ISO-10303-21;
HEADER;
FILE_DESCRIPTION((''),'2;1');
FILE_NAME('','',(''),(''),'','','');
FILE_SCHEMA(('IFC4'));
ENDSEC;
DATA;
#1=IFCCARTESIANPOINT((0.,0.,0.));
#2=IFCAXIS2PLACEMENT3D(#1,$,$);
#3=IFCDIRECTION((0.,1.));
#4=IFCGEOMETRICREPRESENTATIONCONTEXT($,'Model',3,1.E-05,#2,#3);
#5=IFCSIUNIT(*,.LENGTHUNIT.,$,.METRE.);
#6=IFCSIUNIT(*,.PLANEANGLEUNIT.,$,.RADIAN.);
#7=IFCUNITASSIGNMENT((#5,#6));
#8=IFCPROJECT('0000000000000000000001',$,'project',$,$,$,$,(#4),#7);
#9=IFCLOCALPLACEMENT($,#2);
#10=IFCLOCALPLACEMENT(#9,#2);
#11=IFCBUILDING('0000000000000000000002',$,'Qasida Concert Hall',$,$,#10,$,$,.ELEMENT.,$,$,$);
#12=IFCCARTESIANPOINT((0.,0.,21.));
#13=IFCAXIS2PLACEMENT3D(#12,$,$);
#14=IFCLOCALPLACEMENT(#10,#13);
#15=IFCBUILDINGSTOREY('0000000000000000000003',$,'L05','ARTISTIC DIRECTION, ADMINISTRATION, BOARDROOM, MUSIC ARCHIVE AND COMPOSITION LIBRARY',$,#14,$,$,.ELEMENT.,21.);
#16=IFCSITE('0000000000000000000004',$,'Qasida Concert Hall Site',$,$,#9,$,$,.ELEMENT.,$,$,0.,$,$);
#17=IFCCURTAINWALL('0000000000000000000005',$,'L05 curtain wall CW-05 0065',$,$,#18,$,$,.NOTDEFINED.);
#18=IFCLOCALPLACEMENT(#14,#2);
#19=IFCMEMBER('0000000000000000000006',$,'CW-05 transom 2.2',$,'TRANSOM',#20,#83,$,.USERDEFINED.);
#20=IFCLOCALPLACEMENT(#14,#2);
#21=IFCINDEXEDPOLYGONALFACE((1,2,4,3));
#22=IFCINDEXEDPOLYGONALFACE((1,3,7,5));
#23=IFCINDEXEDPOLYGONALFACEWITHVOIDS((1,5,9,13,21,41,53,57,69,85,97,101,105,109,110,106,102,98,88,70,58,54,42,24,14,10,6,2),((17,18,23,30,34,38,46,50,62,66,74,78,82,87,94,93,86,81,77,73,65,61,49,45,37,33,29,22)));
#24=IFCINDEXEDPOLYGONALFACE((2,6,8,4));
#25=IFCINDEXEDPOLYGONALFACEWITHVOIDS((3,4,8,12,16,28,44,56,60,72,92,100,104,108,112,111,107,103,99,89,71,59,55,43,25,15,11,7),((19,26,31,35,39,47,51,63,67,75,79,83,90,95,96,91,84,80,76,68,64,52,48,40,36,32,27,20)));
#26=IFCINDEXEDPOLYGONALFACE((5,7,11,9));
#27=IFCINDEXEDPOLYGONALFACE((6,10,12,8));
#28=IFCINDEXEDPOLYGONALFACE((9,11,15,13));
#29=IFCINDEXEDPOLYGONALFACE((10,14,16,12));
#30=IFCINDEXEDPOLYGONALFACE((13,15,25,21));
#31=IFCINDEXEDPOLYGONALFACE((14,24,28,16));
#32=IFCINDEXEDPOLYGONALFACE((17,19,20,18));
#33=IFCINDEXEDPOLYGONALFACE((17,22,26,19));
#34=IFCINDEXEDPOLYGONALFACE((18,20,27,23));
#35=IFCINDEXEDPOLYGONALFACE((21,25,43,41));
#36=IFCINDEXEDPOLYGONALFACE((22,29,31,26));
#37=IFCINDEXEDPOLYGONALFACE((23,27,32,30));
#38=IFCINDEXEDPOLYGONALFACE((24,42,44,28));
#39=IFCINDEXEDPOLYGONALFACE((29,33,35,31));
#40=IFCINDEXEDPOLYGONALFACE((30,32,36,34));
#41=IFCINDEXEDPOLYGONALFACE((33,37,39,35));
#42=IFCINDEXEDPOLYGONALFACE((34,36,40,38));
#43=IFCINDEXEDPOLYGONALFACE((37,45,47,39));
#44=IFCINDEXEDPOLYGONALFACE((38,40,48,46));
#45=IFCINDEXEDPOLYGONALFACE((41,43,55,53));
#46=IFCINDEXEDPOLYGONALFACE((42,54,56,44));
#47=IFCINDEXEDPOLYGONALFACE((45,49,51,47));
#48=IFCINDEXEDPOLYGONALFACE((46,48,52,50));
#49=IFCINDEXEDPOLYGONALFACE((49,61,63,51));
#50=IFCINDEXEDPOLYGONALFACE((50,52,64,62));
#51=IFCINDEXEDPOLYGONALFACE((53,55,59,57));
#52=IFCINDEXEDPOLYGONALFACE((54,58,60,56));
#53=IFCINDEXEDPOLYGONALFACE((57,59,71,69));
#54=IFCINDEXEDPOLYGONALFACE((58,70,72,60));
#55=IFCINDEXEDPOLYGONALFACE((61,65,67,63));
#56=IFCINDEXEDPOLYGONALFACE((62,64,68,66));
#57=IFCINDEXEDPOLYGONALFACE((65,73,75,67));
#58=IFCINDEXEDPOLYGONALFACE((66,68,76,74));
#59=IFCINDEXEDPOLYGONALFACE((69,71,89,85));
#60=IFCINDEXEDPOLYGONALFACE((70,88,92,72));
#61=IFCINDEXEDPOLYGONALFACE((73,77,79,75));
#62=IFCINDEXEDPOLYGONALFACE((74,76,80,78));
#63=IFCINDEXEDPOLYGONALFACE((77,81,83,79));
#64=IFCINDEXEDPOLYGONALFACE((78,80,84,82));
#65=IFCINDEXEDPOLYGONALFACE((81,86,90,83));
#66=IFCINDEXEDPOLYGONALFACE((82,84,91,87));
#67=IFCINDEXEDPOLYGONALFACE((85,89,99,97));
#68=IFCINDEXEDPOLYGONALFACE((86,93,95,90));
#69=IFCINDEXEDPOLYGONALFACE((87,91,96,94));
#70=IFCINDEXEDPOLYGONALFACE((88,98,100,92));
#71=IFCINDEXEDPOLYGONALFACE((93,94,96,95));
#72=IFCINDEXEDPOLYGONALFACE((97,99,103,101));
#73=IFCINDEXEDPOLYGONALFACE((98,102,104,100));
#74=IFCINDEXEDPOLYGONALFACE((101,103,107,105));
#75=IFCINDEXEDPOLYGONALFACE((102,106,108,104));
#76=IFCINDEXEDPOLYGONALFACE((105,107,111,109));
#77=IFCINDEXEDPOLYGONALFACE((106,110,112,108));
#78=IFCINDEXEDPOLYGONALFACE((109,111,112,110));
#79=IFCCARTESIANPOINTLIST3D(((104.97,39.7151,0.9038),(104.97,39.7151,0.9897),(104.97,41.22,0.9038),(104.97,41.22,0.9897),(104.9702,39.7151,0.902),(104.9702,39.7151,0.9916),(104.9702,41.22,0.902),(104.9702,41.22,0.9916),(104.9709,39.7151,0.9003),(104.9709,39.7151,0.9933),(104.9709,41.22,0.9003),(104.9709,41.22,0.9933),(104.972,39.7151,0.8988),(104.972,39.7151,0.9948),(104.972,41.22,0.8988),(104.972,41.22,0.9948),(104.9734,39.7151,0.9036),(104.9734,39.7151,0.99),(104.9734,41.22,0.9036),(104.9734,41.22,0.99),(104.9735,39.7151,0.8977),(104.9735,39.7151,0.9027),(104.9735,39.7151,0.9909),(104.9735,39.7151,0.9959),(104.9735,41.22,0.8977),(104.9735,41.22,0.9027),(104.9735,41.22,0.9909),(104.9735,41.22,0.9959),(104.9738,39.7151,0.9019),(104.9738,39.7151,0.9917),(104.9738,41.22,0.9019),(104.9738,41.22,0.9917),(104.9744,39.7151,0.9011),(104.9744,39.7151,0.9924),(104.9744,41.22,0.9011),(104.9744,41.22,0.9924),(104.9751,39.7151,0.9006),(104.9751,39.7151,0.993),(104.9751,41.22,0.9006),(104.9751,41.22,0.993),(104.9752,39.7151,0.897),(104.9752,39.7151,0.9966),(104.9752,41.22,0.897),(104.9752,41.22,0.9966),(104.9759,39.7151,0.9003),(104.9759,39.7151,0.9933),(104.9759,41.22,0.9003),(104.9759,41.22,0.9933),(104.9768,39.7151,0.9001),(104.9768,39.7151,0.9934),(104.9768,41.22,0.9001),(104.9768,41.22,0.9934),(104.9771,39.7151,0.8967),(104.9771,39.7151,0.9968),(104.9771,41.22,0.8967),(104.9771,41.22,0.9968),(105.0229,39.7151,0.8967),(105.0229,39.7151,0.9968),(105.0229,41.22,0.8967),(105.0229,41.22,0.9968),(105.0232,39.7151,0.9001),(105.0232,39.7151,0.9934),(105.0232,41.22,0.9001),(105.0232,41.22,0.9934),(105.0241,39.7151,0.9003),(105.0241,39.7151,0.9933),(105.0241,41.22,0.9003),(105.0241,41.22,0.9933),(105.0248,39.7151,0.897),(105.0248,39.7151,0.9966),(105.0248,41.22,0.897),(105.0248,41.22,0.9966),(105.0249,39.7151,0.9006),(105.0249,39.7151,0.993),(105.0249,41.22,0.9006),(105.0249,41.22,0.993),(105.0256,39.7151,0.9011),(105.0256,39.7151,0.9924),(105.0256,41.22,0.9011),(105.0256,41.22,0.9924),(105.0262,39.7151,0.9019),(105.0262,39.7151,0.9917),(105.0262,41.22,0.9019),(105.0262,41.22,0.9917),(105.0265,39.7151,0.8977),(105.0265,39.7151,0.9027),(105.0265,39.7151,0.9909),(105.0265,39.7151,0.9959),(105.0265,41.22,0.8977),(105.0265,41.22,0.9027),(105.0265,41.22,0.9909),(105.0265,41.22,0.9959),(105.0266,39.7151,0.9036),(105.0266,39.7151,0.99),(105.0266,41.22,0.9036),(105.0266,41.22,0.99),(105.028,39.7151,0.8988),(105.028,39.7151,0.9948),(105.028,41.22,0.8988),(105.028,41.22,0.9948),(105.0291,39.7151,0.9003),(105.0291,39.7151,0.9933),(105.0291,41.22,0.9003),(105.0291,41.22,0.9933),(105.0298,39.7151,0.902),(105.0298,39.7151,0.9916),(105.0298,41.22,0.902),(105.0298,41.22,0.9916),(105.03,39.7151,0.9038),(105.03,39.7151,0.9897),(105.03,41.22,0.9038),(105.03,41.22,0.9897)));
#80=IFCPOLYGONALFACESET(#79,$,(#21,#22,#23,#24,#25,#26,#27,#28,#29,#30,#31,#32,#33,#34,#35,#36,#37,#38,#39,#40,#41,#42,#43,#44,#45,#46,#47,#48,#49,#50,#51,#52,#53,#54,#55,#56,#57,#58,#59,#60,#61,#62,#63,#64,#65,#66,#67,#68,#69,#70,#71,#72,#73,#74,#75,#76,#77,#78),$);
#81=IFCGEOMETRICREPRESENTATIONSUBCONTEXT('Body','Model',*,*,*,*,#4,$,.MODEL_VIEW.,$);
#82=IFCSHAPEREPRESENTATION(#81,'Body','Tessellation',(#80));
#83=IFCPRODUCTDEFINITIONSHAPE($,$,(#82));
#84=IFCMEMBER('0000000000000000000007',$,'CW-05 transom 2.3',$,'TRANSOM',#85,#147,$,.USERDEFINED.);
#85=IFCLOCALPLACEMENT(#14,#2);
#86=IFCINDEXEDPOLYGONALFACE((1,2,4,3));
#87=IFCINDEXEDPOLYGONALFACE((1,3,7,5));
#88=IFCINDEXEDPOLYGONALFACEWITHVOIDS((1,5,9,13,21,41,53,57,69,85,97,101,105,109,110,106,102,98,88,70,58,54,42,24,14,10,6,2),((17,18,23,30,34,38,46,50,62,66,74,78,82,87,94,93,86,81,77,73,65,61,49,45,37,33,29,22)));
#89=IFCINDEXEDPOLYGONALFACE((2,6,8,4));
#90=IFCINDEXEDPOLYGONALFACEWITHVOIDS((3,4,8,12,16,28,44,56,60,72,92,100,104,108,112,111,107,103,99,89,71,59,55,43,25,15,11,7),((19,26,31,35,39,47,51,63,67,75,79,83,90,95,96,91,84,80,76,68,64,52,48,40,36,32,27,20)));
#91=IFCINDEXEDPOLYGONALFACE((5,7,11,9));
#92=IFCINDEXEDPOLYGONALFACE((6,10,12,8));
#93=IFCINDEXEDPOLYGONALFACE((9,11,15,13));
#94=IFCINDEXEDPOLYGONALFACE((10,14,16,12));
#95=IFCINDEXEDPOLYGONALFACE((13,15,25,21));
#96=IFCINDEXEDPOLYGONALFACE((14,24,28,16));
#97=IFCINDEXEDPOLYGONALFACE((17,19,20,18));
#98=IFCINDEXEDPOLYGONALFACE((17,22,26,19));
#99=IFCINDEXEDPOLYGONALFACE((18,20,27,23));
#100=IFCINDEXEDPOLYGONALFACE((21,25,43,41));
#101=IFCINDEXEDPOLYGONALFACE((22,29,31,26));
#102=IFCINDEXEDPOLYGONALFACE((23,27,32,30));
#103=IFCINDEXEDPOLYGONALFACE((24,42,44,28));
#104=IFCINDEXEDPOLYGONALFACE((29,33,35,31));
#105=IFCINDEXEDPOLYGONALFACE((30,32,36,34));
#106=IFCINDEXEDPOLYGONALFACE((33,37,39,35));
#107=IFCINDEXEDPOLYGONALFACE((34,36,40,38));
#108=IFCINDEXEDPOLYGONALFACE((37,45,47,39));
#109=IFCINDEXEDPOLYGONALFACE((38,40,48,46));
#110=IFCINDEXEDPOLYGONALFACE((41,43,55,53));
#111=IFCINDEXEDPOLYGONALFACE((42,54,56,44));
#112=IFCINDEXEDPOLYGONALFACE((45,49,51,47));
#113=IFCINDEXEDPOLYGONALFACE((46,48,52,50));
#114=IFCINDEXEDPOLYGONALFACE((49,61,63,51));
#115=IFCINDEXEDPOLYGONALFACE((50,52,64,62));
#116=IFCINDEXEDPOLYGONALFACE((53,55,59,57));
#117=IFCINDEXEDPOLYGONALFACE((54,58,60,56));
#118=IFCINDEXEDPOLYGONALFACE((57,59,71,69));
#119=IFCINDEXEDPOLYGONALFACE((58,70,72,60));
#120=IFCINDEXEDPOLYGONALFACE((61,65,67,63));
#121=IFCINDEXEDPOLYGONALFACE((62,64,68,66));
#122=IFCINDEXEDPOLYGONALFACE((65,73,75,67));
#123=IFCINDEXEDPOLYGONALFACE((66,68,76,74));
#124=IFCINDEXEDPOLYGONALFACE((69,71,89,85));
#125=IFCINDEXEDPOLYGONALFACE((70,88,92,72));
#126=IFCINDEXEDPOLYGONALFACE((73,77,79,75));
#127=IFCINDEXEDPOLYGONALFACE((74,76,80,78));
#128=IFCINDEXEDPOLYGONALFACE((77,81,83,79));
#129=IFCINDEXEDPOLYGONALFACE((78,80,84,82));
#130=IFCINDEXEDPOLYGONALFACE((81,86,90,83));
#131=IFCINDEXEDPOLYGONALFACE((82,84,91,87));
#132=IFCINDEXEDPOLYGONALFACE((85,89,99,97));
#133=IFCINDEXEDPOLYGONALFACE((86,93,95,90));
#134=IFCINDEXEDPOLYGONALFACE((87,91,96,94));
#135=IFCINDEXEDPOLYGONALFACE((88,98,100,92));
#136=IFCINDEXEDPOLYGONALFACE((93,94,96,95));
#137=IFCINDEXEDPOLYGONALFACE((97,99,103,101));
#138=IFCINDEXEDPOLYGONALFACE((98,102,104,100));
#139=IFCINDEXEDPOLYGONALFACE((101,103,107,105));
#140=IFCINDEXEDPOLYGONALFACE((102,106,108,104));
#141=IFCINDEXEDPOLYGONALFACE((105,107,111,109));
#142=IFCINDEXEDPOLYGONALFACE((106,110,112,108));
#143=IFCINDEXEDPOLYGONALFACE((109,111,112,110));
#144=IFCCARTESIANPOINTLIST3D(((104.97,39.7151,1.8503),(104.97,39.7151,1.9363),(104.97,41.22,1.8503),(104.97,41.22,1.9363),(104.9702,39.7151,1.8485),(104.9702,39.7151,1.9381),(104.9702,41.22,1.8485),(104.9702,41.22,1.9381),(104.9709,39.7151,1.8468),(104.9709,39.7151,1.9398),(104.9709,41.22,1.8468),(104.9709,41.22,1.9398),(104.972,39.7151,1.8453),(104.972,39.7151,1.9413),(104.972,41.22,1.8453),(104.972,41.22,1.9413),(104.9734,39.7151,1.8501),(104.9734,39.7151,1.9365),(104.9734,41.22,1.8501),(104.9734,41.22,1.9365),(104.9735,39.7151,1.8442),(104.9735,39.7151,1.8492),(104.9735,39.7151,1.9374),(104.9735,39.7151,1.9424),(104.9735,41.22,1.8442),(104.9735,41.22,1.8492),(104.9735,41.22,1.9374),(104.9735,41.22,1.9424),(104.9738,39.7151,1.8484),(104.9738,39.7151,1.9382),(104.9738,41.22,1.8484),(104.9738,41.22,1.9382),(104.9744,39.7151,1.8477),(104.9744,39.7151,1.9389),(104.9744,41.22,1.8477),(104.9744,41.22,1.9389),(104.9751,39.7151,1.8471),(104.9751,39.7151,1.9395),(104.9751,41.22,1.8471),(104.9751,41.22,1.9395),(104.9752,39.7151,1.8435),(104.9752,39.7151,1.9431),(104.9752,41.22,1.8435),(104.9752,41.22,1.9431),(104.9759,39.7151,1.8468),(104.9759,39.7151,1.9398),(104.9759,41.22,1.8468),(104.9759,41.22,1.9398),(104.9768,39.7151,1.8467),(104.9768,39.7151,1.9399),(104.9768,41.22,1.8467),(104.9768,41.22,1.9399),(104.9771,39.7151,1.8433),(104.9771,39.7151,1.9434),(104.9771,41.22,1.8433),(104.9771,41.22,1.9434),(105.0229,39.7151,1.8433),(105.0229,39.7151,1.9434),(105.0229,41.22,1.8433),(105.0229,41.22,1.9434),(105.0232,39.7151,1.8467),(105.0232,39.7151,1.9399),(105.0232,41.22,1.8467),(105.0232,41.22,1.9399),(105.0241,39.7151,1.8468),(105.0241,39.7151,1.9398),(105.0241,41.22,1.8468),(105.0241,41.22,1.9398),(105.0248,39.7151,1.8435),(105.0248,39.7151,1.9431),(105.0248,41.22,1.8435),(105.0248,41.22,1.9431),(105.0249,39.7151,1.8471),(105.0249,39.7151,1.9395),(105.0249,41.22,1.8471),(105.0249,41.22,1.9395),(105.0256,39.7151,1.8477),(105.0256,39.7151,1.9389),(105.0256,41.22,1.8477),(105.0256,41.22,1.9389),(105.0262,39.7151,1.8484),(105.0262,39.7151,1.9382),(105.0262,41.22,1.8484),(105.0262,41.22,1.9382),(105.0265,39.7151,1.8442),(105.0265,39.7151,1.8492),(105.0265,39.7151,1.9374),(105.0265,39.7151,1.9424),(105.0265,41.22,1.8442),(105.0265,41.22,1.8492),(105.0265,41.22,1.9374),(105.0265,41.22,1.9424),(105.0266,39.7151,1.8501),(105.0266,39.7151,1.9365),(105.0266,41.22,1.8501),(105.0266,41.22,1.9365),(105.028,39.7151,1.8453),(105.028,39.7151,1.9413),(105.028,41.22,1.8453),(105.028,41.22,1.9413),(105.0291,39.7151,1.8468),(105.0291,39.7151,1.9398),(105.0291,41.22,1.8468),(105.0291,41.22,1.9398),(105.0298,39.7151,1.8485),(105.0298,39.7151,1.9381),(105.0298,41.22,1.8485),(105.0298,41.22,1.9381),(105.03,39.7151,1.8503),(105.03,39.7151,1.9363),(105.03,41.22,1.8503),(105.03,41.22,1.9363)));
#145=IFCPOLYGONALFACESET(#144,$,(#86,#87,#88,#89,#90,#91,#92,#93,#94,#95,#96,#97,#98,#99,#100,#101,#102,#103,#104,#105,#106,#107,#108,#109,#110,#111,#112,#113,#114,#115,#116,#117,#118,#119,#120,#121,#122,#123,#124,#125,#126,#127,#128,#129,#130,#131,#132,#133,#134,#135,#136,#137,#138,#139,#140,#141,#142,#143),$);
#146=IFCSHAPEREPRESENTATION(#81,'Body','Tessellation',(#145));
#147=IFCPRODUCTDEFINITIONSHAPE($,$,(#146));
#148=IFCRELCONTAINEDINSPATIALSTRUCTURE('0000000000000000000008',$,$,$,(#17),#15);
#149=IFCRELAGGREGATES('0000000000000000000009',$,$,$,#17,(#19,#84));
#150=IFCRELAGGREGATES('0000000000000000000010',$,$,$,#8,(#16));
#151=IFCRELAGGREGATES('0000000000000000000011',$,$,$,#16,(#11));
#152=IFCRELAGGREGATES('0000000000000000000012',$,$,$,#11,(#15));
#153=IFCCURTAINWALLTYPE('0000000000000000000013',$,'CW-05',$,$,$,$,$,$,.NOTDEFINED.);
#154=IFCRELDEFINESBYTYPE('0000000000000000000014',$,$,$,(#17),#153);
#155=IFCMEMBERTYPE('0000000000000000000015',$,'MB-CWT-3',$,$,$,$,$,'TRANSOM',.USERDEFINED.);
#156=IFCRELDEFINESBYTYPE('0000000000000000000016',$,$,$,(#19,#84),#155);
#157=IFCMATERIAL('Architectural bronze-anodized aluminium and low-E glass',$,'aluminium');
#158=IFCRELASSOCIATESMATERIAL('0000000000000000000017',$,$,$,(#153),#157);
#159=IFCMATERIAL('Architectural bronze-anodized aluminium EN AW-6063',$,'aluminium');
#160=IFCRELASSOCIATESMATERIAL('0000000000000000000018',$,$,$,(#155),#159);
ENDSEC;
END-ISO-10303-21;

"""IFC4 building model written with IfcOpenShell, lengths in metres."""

from ifc_helpers import new_model, si_unit, direction, frame, origin, origin_2d, place, context, subcontext, project, spatial, hollow_rectangle, extrude, material, material_profile, profile_set, type_object, element, aggregate, save


model = new_model("IFC4")

# Units and contexts
model_context = context("Model", 3, precision=1e-05, world=origin(), true_north=direction((0.0, 1.0)))
body_context = subcontext(model_context, "Body", "Model", "MODEL_VIEW")
ifc_project = project(units=[si_unit("LENGTHUNIT", "METRE"), si_unit("PLANEANGLEUNIT", "RADIAN")], contexts=[model_context])

# Site, building, storey
site_placement = place(None, origin())
site = spatial("IfcSite", under=ifc_project, at=site_placement, Name="Qasida Concert Hall Site", CompositionType="ELEMENT", RefElevation=0.0)
building_placement = place(site_placement, origin())
building = spatial("IfcBuilding", under=site, at=building_placement, Name="Qasida Concert Hall", CompositionType="ELEMENT")
storey_placement = place(building_placement, frame((0.0, 0.0, 21.0)))
storey = spatial("IfcBuildingStorey", under=building, at=storey_placement, Name="L05", Description="ARTISTIC DIRECTION, ADMINISTRATION, BOARDROOM, MUSIC ARCHIVE AND COMPOSITION LIBRARY", CompositionType="ELEMENT", Elevation=21.0)

# Curtain wall
ifc_material_1 = material(Name="Architectural bronze-anodized aluminium and low-E glass", Category="aluminium")
curtain_wall_type = type_object("IfcCurtainWallType", Name="CW-05", PredefinedType="NOTDEFINED", material=ifc_material_1)
ifc_material_2 = material(Name="Architectural bronze-anodized aluminium EN AW-6063", Category="aluminium")
curtain_wall_1_placement = place(storey_placement, origin())
curtain_wall_1 = element("IfcCurtainWall", 1, at=curtain_wall_1_placement, inside=storey, type_object=curtain_wall_type, Name="L05 curtain wall CW-05 0065", PredefinedType="NOTDEFINED")

# Members
ifc_material_profile_1 = material_profile(ifc_material_2, hollow_rectangle(XDim=0.0601, YDim=0.1001, WallThickness=0.0034, InnerFilletRadius=0.0034, OuterFilletRadius=0.0071, at=origin_2d()), Name="CWT 100x60x3.5")
ifc_profile_set_1 = profile_set([ifc_material_profile_1], Name="Architectural bronze-anodized aluminium EN AW-6063")
member_type_1 = type_object("IfcMemberType", Name="MB-CWT-3", ElementType="TRANSOM", PredefinedType="USERDEFINED", material=ifc_profile_set_1)
member_1_placement = place(storey_placement, frame((105.0, 39.7151, 0.9468), z_axis=(0.0, 1.0, 0.0), x_axis=(-1.0, 0.0, 0.0)))
member_1 = element("IfcMember", 2, at=member_1_placement, type_object=member_type_1, Name="CW-05 transom 2.2", ObjectType="TRANSOM", PredefinedType="USERDEFINED", context=body_context, shape_type="SweptSolid", body=[
    extrude(hollow_rectangle(XDim=0.0601, YDim=0.1001, WallThickness=0.0034, InnerFilletRadius=0.0034, OuterFilletRadius=0.0071, at=origin_2d()), origin(), (0.0, 0.0, 1.0), 1.5049),
])
member_2_placement = place(storey_placement, frame((105.0, 39.7151, 1.8933), z_axis=(0.0, 1.0, 0.0), x_axis=(-1.0, 0.0, 0.0)))
member_2 = element("IfcMember", 3, at=member_2_placement, type_object=member_type_1, Name="CW-05 transom 2.3", ObjectType="TRANSOM", PredefinedType="USERDEFINED", context=body_context, shape_type="SweptSolid", body=[
    extrude(hollow_rectangle(XDim=0.0601, YDim=0.1001, WallThickness=0.0034, InnerFilletRadius=0.0034, OuterFilletRadius=0.0071, at=origin_2d()), origin(), (0.0, 0.0, 1.0), 1.5049),
])

aggregate(curtain_wall_1, [member_1, member_2])

save(model, "model.ifc")
